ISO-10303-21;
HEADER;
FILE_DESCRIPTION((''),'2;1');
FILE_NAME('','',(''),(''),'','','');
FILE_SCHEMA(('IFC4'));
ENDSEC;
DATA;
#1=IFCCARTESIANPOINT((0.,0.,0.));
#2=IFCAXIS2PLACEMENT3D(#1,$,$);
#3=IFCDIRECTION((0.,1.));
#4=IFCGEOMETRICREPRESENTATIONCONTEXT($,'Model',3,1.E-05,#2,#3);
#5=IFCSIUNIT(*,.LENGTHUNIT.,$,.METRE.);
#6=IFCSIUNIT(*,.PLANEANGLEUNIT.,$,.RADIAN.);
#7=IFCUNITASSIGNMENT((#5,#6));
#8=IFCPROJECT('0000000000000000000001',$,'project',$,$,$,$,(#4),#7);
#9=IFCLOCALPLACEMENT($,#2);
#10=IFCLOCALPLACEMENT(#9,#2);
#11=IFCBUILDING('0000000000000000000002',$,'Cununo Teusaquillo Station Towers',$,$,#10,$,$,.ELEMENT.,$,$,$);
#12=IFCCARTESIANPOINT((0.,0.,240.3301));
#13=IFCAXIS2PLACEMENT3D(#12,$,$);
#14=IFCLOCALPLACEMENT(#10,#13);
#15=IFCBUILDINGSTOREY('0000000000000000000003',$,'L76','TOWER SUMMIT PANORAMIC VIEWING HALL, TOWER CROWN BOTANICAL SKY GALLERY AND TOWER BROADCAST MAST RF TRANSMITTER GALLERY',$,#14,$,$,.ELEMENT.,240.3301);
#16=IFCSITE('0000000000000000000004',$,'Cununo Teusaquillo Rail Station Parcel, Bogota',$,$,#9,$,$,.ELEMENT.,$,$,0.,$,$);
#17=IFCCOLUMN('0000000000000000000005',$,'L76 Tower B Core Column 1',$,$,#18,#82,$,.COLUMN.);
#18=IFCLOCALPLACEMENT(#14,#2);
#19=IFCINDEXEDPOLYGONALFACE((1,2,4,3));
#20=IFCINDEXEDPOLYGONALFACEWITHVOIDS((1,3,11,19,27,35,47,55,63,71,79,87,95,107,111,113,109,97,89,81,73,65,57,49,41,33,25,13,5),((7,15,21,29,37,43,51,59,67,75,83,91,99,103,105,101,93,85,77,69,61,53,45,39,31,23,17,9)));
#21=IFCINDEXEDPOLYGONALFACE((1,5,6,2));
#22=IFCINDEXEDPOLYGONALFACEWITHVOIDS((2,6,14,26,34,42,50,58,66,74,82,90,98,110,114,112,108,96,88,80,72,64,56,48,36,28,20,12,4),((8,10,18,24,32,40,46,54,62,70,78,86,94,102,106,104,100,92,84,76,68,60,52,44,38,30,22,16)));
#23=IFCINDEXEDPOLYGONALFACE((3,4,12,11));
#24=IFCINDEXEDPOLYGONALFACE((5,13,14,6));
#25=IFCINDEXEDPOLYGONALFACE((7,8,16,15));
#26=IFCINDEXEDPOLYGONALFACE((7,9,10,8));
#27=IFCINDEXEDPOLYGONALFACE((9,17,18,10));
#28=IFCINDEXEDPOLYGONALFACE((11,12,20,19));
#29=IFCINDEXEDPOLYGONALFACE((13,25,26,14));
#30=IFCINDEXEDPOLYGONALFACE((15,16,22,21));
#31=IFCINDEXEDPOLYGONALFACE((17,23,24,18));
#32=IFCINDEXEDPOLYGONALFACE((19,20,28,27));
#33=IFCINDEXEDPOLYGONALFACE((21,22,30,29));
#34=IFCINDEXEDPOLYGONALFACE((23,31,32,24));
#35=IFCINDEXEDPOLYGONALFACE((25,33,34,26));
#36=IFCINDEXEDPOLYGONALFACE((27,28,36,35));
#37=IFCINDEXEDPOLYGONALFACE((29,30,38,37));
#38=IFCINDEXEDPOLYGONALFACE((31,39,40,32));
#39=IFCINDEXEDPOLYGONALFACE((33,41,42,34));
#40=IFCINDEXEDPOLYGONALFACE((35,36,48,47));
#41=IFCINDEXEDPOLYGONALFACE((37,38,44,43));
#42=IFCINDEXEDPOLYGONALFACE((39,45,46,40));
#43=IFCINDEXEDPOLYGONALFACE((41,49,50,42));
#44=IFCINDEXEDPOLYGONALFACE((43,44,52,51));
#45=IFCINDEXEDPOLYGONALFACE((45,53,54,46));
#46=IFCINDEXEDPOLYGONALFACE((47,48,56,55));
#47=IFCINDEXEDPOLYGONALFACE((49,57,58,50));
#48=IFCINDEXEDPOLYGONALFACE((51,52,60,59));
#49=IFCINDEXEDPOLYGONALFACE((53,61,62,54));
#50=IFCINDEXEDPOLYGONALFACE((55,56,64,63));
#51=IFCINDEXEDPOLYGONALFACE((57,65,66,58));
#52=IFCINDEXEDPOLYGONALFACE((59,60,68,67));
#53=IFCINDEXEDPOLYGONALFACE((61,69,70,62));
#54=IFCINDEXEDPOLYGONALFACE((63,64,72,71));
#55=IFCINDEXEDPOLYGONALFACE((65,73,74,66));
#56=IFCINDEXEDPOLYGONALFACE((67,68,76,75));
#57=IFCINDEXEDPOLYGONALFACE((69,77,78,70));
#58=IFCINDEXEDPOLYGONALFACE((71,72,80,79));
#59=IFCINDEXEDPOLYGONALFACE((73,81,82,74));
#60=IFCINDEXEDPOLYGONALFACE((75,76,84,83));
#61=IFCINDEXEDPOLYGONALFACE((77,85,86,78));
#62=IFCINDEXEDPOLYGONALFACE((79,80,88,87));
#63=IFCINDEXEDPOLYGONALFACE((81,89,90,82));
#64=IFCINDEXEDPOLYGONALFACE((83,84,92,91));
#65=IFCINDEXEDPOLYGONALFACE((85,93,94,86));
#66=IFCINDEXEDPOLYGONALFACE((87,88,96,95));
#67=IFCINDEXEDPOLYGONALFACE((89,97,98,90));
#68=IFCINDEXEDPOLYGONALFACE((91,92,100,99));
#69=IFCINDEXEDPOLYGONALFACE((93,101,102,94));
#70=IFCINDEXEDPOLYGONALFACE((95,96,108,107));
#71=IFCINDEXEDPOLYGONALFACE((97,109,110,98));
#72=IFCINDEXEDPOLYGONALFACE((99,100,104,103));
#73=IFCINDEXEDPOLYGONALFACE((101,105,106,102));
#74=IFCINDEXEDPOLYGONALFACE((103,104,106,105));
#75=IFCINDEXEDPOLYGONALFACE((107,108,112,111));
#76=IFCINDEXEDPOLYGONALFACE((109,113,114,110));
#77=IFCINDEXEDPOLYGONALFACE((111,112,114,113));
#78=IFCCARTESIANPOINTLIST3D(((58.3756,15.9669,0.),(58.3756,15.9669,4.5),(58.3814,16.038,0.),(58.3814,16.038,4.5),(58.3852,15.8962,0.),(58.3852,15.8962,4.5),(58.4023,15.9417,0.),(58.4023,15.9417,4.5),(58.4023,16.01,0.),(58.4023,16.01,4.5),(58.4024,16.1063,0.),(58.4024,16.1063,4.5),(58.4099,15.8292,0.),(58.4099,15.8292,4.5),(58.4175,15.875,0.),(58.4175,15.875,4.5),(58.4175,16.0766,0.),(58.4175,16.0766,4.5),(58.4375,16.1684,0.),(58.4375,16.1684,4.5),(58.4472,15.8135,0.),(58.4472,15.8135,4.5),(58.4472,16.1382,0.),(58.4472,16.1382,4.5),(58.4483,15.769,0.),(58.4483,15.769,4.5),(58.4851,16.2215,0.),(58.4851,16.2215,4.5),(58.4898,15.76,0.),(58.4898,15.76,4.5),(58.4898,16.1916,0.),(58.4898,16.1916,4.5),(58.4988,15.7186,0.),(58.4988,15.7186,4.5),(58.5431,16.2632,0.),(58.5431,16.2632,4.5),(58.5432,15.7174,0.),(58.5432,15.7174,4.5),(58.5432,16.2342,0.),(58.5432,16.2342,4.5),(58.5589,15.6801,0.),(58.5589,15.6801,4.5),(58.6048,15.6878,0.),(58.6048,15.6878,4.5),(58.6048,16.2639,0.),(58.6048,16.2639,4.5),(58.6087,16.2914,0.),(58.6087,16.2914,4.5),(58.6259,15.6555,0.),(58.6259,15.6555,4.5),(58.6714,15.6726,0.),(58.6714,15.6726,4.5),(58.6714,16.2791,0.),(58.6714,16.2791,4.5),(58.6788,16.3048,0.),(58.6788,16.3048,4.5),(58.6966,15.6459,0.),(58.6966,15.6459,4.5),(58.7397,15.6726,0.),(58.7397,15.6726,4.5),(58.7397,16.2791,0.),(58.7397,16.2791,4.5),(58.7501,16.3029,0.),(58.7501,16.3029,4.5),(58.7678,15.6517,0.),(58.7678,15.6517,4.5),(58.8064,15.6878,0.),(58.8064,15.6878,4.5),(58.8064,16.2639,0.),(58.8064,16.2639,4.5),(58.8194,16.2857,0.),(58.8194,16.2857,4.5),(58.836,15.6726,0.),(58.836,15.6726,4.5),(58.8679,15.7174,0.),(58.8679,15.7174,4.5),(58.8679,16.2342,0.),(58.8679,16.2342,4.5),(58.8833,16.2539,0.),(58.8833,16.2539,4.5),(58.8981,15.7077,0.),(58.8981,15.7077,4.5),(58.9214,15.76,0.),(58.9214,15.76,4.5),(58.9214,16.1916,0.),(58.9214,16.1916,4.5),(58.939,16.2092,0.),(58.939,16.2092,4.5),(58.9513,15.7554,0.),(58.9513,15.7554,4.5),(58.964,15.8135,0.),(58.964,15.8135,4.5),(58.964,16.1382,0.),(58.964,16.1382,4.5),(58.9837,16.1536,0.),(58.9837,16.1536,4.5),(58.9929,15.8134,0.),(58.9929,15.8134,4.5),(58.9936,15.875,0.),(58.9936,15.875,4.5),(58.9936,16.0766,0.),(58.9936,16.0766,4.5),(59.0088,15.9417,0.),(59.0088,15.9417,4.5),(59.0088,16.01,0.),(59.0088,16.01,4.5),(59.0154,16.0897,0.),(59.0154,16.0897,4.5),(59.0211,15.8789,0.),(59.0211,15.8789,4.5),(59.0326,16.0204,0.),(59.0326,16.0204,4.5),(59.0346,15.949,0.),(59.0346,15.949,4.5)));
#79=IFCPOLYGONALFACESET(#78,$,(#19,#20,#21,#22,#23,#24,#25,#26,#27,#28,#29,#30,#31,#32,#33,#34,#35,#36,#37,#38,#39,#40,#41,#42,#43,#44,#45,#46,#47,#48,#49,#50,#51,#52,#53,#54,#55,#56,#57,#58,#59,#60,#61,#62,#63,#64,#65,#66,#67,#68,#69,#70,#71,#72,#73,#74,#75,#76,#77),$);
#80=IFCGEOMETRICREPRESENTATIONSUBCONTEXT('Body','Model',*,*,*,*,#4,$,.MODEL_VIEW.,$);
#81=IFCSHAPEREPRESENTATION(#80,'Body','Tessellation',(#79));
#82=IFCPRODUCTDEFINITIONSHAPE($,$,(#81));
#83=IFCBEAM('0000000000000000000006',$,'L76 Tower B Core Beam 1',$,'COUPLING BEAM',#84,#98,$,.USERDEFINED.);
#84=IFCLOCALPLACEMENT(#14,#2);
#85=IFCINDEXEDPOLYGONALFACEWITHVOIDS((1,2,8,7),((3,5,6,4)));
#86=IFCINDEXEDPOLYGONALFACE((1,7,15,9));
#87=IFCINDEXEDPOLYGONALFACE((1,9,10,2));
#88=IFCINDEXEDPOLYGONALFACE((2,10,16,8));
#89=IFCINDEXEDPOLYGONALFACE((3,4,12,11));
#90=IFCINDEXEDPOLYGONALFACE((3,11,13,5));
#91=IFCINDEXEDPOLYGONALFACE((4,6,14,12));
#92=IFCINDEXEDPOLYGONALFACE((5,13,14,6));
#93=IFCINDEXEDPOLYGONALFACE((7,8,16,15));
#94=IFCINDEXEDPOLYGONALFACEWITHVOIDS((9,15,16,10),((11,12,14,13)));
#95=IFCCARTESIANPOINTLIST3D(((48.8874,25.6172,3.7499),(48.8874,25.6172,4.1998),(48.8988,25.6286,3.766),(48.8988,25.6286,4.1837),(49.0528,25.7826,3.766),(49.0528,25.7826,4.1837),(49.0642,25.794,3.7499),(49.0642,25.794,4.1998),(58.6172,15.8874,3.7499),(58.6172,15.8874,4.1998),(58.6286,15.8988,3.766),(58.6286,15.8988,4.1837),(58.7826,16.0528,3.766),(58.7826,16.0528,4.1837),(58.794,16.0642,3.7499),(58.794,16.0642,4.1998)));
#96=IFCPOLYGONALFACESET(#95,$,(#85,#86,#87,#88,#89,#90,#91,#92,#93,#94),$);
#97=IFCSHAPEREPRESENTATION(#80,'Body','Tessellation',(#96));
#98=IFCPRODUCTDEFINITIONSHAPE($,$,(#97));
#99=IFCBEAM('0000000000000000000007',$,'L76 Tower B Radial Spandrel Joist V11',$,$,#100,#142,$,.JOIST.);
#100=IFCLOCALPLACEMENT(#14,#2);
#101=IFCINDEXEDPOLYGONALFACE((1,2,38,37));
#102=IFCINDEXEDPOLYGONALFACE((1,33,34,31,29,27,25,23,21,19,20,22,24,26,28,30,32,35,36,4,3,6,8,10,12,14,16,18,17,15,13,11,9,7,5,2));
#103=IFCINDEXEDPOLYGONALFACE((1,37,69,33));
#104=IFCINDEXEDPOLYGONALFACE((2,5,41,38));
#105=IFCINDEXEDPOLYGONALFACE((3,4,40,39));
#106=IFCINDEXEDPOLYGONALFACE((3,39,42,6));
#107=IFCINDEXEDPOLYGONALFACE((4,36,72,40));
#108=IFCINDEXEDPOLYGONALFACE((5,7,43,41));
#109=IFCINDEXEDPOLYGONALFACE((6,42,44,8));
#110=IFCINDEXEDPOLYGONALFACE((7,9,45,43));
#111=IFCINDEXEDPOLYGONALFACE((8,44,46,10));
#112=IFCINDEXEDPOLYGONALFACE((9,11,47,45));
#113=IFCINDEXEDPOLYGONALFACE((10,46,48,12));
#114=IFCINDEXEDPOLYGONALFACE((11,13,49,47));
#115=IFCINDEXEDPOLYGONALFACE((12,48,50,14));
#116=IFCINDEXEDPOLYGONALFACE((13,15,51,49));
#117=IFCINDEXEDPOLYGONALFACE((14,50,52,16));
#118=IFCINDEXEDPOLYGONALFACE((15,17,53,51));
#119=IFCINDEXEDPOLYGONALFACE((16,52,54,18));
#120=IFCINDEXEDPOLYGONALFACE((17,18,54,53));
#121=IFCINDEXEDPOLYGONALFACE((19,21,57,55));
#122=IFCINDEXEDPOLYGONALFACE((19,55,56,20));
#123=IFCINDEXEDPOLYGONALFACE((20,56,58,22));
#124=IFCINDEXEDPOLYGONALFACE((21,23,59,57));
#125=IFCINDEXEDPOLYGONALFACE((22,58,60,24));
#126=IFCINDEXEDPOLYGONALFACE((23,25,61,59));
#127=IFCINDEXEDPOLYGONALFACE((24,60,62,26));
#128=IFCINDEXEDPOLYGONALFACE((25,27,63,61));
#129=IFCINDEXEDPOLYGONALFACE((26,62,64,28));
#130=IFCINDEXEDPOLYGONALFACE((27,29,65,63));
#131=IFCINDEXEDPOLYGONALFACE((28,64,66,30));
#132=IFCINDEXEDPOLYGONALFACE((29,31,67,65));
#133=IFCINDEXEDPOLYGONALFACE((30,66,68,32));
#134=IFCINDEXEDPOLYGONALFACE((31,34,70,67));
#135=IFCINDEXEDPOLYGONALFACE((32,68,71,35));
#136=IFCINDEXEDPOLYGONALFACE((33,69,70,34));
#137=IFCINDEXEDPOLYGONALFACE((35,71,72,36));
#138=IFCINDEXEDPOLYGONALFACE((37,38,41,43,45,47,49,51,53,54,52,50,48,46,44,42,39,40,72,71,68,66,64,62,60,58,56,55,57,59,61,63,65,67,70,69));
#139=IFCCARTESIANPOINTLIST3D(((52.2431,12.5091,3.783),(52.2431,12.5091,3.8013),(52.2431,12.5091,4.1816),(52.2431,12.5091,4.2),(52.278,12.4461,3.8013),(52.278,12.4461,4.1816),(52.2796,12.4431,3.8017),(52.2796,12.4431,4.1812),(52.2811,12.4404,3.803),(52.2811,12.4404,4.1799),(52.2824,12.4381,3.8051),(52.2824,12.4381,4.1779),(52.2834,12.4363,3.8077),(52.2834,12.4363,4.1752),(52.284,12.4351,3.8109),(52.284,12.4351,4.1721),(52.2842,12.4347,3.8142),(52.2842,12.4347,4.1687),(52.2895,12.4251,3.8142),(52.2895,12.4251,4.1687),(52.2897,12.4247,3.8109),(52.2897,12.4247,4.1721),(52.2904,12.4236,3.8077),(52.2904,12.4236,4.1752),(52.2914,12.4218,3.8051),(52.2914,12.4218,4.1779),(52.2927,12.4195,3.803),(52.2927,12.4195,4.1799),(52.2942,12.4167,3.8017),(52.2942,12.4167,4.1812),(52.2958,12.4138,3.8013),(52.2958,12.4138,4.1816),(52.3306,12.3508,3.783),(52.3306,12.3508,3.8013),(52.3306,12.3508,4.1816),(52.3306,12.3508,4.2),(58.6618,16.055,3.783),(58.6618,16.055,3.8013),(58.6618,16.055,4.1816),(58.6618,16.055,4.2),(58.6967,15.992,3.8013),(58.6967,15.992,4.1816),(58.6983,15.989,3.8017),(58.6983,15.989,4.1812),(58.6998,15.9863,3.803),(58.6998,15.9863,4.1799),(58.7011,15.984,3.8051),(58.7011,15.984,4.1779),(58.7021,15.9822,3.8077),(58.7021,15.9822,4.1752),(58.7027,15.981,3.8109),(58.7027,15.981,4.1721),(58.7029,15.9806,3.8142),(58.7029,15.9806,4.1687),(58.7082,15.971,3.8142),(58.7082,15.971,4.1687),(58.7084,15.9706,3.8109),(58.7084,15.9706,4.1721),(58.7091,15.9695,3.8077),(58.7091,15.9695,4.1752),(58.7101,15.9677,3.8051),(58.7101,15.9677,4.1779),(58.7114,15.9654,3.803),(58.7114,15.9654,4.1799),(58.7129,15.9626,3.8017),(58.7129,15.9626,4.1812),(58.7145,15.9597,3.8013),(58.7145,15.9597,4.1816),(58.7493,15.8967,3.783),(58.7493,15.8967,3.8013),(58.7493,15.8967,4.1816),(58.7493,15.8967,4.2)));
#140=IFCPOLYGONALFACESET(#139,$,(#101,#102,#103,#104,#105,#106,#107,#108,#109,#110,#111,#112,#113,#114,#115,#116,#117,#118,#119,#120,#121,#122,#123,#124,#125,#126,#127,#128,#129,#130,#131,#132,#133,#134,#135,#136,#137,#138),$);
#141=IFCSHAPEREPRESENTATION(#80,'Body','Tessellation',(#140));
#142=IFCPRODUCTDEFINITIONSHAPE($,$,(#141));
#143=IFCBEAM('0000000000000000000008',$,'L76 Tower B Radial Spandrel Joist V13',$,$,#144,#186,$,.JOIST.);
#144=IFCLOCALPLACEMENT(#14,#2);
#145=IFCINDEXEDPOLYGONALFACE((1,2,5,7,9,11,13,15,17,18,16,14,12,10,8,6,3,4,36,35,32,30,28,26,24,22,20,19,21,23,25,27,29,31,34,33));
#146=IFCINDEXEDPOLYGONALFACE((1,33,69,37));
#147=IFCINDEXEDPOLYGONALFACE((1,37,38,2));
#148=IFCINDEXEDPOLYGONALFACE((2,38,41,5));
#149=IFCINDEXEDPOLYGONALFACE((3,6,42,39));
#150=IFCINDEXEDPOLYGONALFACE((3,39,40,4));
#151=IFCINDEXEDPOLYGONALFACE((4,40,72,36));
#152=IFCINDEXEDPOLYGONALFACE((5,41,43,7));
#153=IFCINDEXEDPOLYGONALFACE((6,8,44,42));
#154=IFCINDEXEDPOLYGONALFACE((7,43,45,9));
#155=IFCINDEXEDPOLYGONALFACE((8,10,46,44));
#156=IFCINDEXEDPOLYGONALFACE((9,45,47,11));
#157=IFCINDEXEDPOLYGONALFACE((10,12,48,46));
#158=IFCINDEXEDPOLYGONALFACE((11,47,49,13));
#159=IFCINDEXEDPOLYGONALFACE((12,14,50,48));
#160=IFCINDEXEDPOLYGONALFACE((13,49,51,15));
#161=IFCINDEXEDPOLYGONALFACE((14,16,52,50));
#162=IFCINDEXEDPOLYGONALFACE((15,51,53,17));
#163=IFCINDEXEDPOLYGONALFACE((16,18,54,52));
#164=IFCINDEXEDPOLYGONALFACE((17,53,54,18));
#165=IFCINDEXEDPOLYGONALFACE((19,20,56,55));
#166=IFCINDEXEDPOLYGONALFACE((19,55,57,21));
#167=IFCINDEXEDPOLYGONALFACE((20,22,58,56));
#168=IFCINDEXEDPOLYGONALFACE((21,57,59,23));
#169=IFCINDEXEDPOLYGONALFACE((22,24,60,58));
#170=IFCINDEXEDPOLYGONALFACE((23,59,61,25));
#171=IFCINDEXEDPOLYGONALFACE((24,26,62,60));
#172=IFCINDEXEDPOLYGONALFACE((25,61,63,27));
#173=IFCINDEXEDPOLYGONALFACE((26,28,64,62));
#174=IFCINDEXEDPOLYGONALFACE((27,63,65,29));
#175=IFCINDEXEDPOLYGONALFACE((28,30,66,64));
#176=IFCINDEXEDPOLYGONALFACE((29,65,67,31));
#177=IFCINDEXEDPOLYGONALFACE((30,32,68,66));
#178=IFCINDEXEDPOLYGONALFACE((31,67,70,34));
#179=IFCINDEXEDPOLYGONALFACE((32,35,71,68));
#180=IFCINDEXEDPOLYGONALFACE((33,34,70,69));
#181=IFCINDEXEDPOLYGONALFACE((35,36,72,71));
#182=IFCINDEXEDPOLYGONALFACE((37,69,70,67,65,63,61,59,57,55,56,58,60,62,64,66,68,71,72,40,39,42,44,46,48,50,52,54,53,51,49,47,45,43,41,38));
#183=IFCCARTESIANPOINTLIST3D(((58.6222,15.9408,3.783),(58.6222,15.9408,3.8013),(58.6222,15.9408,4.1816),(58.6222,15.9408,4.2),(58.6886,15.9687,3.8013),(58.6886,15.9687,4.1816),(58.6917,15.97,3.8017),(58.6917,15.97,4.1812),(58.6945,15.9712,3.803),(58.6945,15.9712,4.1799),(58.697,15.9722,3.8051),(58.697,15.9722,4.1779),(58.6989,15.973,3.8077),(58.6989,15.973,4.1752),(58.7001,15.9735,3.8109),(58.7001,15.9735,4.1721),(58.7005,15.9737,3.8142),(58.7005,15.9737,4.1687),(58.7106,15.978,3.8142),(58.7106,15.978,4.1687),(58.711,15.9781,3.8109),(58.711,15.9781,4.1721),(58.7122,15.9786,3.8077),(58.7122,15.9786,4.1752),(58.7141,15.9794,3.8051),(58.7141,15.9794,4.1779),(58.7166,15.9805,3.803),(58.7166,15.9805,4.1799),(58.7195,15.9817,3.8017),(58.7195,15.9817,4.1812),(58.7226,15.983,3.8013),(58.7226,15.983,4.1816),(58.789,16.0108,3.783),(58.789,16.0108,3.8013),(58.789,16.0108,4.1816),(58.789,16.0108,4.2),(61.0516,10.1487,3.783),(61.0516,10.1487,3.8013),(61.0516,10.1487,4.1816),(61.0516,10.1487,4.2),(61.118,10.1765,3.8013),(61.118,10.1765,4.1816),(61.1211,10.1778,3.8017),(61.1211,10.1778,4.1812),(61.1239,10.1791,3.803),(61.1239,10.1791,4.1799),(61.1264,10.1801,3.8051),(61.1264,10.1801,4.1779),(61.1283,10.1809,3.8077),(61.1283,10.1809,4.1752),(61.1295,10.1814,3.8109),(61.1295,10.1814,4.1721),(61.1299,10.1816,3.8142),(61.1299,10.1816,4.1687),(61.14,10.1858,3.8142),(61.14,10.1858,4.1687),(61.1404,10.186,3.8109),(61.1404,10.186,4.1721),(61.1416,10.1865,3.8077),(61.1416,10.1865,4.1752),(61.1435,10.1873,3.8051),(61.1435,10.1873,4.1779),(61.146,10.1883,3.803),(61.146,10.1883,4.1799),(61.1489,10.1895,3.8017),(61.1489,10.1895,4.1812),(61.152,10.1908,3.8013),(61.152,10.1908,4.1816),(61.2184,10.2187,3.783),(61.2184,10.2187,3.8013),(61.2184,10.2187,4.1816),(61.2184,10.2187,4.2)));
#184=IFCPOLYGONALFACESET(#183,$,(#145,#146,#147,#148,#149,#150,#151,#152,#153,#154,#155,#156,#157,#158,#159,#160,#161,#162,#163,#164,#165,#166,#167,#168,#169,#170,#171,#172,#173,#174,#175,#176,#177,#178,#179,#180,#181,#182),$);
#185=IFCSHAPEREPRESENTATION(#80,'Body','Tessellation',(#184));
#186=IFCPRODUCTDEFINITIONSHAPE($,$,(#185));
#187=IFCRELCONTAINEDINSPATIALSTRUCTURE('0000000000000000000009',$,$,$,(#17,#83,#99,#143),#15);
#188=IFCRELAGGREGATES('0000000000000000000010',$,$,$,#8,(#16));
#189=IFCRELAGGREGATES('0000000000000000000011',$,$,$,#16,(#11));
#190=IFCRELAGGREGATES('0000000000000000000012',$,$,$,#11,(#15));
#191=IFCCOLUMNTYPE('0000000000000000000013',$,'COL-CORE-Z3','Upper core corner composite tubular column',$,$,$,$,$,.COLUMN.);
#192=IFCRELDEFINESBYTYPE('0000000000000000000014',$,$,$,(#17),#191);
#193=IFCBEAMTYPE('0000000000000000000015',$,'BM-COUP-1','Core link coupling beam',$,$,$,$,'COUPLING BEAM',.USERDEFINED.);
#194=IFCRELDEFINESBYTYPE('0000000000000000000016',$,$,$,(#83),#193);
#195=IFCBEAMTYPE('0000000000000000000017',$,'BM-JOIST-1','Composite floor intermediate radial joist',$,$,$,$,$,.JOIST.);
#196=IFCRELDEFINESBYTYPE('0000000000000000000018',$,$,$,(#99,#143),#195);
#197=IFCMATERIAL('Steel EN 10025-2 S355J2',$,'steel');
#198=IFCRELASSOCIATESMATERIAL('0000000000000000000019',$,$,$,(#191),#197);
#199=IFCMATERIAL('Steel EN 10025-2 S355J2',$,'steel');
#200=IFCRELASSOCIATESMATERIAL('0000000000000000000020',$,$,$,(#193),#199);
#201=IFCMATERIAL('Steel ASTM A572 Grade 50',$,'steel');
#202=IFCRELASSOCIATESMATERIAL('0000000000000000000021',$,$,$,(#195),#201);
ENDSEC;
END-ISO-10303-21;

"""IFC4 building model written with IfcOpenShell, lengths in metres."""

from ifc_helpers import new_model, si_unit, direction, frame, origin, origin_2d, place, context, subcontext, project, spatial, hollow_rectangle, hollow_circle, i_section, extrude, material, material_profile, profile_set, type_object, element, save


model = new_model("IFC4")

# Units and contexts
model_context = context("Model", 3, precision=1e-05, world=origin(), true_north=direction((0.0, 1.0)))
body_context = subcontext(model_context, "Body", "Model", "MODEL_VIEW")
ifc_project = project(units=[si_unit("LENGTHUNIT", "METRE"), si_unit("PLANEANGLEUNIT", "RADIAN")], contexts=[model_context])

# Site, building, storey
site_placement = place(None, origin())
site = spatial("IfcSite", under=ifc_project, at=site_placement, Name="Cununo Teusaquillo Rail Station Parcel, Bogota", CompositionType="ELEMENT", RefElevation=0.0)
building_placement = place(site_placement, origin())
building = spatial("IfcBuilding", under=site, at=building_placement, Name="Cununo Teusaquillo Station Towers", CompositionType="ELEMENT")
storey_placement = place(building_placement, frame((0.0, 0.0, 240.3301)))
storey = spatial("IfcBuildingStorey", under=building, at=storey_placement, Name="L76", Description="TOWER SUMMIT PANORAMIC VIEWING HALL, TOWER CROWN BOTANICAL SKY GALLERY AND TOWER BROADCAST MAST RF TRANSMITTER GALLERY", CompositionType="ELEMENT", Elevation=240.3301)

# Column
ifc_material_1 = material(Name="Steel EN 10025-2 S355J2", Category="steel")
ifc_material_profile_1 = material_profile(ifc_material_1, hollow_circle(Radius=0.3301, WallThickness=0.0249, at=origin_2d()), Name="CHS 660x25")
ifc_profile_set_1 = profile_set([ifc_material_profile_1], Name="Steel EN 10025-2 S355J2")
column_type = type_object("IfcColumnType", Name="COL-CORE-Z3", Description="Upper core corner composite tubular column", PredefinedType="COLUMN", material=ifc_profile_set_1)
column_placement = place(storey_placement, frame((58.7056, 15.9758, 0.0), z_axis=(0.0, 0.0, 1.0), x_axis=(0.707107, 0.707107, 0.0)))
element("IfcColumn", 1, at=column_placement, inside=storey, type_object=column_type, Name="L76 Tower B Core Column 1", PredefinedType="COLUMN", context=body_context, shape_type="SweptSolid", body=[
    extrude(hollow_circle(Radius=0.3301, WallThickness=0.0249, at=origin_2d()), origin(), (0.0, 0.0, 1.0), 4.5),
])

# Beams
ifc_material_2 = material(Name="Steel EN 10025-2 S355J2", Category="steel")
ifc_material_profile_2 = material_profile(ifc_material_2, hollow_rectangle(XDim=0.25, YDim=0.45, WallThickness=0.0161, at=origin_2d()), Name="RHS 450x250x16")
ifc_profile_set_2 = profile_set([ifc_material_profile_2], Name="Steel EN 10025-2 S355J2")
beam_type_1 = type_object("IfcBeamType", Name="BM-COUP-1", Description="Core link coupling beam", ElementType="COUPLING BEAM", PredefinedType="USERDEFINED", material=ifc_profile_set_2)
beam_1_placement = place(storey_placement, frame((58.7056, 15.9758, 3.9749), z_axis=(-0.707107, 0.707107, 0.0), x_axis=(-0.707107, -0.707107, 0.0)))
element("IfcBeam", 2, at=beam_1_placement, inside=storey, type_object=beam_type_1, Name="L76 Tower B Core Beam 1", ObjectType="COUPLING BEAM", PredefinedType="USERDEFINED", context=body_context, shape_type="SweptSolid", body=[
    extrude(hollow_rectangle(XDim=0.25, YDim=0.45, WallThickness=0.0161, at=origin_2d()), origin(), (0.0, 0.0, 1.0), 13.76),
])
ifc_material_3 = material(Name="Steel ASTM A572 Grade 50", Category="steel")
ifc_material_profile_3 = material_profile(ifc_material_3, i_section(OverallWidth=0.1809, OverallDepth=0.417, WebThickness=0.011, FlangeThickness=0.0183, FilletRadius=0.0129, at=origin_2d()), Name="W16X57")
ifc_profile_set_3 = profile_set([ifc_material_profile_3], Name="Steel ASTM A572 Grade 50")
beam_type_2 = type_object("IfcBeamType", Name="BM-JOIST-1", Description="Composite floor intermediate radial joist", PredefinedType="JOIST", material=ifc_profile_set_3)
beam_2_placement = place(storey_placement, frame((58.7056, 15.9758, 3.9915), z_axis=(-0.875315, -0.483553, 0.0), x_axis=(0.483553, -0.875315, 0.0)))
element("IfcBeam", 3, at=beam_2_placement, inside=storey, type_object=beam_type_2, Name="L76 Tower B Radial Spandrel Joist V11", PredefinedType="JOIST", context=body_context, shape_type="SweptSolid", body=[
    extrude(i_section(OverallWidth=0.1809, OverallDepth=0.417, WebThickness=0.011, FlangeThickness=0.0183, FilletRadius=0.0129, at=origin_2d()), origin(), (0.0, 0.0, 1.0), 7.333),
])
beam_3_placement = place(storey_placement, frame((58.7056, 15.9758, 3.9915), z_axis=(0.386786, -0.922169, 0.0), x_axis=(0.922169, 0.386786, 0.0)))
element("IfcBeam", 4, at=beam_3_placement, inside=storey, type_object=beam_type_2, Name="L76 Tower B Radial Spandrel Joist V13", PredefinedType="JOIST", context=body_context, shape_type="SweptSolid", body=[
    extrude(i_section(OverallWidth=0.1809, OverallDepth=0.417, WebThickness=0.011, FlangeThickness=0.0183, FilletRadius=0.0129, at=origin_2d()), origin(), (0.0, 0.0, 1.0), 6.281),
])

save(model, "model.ifc")
